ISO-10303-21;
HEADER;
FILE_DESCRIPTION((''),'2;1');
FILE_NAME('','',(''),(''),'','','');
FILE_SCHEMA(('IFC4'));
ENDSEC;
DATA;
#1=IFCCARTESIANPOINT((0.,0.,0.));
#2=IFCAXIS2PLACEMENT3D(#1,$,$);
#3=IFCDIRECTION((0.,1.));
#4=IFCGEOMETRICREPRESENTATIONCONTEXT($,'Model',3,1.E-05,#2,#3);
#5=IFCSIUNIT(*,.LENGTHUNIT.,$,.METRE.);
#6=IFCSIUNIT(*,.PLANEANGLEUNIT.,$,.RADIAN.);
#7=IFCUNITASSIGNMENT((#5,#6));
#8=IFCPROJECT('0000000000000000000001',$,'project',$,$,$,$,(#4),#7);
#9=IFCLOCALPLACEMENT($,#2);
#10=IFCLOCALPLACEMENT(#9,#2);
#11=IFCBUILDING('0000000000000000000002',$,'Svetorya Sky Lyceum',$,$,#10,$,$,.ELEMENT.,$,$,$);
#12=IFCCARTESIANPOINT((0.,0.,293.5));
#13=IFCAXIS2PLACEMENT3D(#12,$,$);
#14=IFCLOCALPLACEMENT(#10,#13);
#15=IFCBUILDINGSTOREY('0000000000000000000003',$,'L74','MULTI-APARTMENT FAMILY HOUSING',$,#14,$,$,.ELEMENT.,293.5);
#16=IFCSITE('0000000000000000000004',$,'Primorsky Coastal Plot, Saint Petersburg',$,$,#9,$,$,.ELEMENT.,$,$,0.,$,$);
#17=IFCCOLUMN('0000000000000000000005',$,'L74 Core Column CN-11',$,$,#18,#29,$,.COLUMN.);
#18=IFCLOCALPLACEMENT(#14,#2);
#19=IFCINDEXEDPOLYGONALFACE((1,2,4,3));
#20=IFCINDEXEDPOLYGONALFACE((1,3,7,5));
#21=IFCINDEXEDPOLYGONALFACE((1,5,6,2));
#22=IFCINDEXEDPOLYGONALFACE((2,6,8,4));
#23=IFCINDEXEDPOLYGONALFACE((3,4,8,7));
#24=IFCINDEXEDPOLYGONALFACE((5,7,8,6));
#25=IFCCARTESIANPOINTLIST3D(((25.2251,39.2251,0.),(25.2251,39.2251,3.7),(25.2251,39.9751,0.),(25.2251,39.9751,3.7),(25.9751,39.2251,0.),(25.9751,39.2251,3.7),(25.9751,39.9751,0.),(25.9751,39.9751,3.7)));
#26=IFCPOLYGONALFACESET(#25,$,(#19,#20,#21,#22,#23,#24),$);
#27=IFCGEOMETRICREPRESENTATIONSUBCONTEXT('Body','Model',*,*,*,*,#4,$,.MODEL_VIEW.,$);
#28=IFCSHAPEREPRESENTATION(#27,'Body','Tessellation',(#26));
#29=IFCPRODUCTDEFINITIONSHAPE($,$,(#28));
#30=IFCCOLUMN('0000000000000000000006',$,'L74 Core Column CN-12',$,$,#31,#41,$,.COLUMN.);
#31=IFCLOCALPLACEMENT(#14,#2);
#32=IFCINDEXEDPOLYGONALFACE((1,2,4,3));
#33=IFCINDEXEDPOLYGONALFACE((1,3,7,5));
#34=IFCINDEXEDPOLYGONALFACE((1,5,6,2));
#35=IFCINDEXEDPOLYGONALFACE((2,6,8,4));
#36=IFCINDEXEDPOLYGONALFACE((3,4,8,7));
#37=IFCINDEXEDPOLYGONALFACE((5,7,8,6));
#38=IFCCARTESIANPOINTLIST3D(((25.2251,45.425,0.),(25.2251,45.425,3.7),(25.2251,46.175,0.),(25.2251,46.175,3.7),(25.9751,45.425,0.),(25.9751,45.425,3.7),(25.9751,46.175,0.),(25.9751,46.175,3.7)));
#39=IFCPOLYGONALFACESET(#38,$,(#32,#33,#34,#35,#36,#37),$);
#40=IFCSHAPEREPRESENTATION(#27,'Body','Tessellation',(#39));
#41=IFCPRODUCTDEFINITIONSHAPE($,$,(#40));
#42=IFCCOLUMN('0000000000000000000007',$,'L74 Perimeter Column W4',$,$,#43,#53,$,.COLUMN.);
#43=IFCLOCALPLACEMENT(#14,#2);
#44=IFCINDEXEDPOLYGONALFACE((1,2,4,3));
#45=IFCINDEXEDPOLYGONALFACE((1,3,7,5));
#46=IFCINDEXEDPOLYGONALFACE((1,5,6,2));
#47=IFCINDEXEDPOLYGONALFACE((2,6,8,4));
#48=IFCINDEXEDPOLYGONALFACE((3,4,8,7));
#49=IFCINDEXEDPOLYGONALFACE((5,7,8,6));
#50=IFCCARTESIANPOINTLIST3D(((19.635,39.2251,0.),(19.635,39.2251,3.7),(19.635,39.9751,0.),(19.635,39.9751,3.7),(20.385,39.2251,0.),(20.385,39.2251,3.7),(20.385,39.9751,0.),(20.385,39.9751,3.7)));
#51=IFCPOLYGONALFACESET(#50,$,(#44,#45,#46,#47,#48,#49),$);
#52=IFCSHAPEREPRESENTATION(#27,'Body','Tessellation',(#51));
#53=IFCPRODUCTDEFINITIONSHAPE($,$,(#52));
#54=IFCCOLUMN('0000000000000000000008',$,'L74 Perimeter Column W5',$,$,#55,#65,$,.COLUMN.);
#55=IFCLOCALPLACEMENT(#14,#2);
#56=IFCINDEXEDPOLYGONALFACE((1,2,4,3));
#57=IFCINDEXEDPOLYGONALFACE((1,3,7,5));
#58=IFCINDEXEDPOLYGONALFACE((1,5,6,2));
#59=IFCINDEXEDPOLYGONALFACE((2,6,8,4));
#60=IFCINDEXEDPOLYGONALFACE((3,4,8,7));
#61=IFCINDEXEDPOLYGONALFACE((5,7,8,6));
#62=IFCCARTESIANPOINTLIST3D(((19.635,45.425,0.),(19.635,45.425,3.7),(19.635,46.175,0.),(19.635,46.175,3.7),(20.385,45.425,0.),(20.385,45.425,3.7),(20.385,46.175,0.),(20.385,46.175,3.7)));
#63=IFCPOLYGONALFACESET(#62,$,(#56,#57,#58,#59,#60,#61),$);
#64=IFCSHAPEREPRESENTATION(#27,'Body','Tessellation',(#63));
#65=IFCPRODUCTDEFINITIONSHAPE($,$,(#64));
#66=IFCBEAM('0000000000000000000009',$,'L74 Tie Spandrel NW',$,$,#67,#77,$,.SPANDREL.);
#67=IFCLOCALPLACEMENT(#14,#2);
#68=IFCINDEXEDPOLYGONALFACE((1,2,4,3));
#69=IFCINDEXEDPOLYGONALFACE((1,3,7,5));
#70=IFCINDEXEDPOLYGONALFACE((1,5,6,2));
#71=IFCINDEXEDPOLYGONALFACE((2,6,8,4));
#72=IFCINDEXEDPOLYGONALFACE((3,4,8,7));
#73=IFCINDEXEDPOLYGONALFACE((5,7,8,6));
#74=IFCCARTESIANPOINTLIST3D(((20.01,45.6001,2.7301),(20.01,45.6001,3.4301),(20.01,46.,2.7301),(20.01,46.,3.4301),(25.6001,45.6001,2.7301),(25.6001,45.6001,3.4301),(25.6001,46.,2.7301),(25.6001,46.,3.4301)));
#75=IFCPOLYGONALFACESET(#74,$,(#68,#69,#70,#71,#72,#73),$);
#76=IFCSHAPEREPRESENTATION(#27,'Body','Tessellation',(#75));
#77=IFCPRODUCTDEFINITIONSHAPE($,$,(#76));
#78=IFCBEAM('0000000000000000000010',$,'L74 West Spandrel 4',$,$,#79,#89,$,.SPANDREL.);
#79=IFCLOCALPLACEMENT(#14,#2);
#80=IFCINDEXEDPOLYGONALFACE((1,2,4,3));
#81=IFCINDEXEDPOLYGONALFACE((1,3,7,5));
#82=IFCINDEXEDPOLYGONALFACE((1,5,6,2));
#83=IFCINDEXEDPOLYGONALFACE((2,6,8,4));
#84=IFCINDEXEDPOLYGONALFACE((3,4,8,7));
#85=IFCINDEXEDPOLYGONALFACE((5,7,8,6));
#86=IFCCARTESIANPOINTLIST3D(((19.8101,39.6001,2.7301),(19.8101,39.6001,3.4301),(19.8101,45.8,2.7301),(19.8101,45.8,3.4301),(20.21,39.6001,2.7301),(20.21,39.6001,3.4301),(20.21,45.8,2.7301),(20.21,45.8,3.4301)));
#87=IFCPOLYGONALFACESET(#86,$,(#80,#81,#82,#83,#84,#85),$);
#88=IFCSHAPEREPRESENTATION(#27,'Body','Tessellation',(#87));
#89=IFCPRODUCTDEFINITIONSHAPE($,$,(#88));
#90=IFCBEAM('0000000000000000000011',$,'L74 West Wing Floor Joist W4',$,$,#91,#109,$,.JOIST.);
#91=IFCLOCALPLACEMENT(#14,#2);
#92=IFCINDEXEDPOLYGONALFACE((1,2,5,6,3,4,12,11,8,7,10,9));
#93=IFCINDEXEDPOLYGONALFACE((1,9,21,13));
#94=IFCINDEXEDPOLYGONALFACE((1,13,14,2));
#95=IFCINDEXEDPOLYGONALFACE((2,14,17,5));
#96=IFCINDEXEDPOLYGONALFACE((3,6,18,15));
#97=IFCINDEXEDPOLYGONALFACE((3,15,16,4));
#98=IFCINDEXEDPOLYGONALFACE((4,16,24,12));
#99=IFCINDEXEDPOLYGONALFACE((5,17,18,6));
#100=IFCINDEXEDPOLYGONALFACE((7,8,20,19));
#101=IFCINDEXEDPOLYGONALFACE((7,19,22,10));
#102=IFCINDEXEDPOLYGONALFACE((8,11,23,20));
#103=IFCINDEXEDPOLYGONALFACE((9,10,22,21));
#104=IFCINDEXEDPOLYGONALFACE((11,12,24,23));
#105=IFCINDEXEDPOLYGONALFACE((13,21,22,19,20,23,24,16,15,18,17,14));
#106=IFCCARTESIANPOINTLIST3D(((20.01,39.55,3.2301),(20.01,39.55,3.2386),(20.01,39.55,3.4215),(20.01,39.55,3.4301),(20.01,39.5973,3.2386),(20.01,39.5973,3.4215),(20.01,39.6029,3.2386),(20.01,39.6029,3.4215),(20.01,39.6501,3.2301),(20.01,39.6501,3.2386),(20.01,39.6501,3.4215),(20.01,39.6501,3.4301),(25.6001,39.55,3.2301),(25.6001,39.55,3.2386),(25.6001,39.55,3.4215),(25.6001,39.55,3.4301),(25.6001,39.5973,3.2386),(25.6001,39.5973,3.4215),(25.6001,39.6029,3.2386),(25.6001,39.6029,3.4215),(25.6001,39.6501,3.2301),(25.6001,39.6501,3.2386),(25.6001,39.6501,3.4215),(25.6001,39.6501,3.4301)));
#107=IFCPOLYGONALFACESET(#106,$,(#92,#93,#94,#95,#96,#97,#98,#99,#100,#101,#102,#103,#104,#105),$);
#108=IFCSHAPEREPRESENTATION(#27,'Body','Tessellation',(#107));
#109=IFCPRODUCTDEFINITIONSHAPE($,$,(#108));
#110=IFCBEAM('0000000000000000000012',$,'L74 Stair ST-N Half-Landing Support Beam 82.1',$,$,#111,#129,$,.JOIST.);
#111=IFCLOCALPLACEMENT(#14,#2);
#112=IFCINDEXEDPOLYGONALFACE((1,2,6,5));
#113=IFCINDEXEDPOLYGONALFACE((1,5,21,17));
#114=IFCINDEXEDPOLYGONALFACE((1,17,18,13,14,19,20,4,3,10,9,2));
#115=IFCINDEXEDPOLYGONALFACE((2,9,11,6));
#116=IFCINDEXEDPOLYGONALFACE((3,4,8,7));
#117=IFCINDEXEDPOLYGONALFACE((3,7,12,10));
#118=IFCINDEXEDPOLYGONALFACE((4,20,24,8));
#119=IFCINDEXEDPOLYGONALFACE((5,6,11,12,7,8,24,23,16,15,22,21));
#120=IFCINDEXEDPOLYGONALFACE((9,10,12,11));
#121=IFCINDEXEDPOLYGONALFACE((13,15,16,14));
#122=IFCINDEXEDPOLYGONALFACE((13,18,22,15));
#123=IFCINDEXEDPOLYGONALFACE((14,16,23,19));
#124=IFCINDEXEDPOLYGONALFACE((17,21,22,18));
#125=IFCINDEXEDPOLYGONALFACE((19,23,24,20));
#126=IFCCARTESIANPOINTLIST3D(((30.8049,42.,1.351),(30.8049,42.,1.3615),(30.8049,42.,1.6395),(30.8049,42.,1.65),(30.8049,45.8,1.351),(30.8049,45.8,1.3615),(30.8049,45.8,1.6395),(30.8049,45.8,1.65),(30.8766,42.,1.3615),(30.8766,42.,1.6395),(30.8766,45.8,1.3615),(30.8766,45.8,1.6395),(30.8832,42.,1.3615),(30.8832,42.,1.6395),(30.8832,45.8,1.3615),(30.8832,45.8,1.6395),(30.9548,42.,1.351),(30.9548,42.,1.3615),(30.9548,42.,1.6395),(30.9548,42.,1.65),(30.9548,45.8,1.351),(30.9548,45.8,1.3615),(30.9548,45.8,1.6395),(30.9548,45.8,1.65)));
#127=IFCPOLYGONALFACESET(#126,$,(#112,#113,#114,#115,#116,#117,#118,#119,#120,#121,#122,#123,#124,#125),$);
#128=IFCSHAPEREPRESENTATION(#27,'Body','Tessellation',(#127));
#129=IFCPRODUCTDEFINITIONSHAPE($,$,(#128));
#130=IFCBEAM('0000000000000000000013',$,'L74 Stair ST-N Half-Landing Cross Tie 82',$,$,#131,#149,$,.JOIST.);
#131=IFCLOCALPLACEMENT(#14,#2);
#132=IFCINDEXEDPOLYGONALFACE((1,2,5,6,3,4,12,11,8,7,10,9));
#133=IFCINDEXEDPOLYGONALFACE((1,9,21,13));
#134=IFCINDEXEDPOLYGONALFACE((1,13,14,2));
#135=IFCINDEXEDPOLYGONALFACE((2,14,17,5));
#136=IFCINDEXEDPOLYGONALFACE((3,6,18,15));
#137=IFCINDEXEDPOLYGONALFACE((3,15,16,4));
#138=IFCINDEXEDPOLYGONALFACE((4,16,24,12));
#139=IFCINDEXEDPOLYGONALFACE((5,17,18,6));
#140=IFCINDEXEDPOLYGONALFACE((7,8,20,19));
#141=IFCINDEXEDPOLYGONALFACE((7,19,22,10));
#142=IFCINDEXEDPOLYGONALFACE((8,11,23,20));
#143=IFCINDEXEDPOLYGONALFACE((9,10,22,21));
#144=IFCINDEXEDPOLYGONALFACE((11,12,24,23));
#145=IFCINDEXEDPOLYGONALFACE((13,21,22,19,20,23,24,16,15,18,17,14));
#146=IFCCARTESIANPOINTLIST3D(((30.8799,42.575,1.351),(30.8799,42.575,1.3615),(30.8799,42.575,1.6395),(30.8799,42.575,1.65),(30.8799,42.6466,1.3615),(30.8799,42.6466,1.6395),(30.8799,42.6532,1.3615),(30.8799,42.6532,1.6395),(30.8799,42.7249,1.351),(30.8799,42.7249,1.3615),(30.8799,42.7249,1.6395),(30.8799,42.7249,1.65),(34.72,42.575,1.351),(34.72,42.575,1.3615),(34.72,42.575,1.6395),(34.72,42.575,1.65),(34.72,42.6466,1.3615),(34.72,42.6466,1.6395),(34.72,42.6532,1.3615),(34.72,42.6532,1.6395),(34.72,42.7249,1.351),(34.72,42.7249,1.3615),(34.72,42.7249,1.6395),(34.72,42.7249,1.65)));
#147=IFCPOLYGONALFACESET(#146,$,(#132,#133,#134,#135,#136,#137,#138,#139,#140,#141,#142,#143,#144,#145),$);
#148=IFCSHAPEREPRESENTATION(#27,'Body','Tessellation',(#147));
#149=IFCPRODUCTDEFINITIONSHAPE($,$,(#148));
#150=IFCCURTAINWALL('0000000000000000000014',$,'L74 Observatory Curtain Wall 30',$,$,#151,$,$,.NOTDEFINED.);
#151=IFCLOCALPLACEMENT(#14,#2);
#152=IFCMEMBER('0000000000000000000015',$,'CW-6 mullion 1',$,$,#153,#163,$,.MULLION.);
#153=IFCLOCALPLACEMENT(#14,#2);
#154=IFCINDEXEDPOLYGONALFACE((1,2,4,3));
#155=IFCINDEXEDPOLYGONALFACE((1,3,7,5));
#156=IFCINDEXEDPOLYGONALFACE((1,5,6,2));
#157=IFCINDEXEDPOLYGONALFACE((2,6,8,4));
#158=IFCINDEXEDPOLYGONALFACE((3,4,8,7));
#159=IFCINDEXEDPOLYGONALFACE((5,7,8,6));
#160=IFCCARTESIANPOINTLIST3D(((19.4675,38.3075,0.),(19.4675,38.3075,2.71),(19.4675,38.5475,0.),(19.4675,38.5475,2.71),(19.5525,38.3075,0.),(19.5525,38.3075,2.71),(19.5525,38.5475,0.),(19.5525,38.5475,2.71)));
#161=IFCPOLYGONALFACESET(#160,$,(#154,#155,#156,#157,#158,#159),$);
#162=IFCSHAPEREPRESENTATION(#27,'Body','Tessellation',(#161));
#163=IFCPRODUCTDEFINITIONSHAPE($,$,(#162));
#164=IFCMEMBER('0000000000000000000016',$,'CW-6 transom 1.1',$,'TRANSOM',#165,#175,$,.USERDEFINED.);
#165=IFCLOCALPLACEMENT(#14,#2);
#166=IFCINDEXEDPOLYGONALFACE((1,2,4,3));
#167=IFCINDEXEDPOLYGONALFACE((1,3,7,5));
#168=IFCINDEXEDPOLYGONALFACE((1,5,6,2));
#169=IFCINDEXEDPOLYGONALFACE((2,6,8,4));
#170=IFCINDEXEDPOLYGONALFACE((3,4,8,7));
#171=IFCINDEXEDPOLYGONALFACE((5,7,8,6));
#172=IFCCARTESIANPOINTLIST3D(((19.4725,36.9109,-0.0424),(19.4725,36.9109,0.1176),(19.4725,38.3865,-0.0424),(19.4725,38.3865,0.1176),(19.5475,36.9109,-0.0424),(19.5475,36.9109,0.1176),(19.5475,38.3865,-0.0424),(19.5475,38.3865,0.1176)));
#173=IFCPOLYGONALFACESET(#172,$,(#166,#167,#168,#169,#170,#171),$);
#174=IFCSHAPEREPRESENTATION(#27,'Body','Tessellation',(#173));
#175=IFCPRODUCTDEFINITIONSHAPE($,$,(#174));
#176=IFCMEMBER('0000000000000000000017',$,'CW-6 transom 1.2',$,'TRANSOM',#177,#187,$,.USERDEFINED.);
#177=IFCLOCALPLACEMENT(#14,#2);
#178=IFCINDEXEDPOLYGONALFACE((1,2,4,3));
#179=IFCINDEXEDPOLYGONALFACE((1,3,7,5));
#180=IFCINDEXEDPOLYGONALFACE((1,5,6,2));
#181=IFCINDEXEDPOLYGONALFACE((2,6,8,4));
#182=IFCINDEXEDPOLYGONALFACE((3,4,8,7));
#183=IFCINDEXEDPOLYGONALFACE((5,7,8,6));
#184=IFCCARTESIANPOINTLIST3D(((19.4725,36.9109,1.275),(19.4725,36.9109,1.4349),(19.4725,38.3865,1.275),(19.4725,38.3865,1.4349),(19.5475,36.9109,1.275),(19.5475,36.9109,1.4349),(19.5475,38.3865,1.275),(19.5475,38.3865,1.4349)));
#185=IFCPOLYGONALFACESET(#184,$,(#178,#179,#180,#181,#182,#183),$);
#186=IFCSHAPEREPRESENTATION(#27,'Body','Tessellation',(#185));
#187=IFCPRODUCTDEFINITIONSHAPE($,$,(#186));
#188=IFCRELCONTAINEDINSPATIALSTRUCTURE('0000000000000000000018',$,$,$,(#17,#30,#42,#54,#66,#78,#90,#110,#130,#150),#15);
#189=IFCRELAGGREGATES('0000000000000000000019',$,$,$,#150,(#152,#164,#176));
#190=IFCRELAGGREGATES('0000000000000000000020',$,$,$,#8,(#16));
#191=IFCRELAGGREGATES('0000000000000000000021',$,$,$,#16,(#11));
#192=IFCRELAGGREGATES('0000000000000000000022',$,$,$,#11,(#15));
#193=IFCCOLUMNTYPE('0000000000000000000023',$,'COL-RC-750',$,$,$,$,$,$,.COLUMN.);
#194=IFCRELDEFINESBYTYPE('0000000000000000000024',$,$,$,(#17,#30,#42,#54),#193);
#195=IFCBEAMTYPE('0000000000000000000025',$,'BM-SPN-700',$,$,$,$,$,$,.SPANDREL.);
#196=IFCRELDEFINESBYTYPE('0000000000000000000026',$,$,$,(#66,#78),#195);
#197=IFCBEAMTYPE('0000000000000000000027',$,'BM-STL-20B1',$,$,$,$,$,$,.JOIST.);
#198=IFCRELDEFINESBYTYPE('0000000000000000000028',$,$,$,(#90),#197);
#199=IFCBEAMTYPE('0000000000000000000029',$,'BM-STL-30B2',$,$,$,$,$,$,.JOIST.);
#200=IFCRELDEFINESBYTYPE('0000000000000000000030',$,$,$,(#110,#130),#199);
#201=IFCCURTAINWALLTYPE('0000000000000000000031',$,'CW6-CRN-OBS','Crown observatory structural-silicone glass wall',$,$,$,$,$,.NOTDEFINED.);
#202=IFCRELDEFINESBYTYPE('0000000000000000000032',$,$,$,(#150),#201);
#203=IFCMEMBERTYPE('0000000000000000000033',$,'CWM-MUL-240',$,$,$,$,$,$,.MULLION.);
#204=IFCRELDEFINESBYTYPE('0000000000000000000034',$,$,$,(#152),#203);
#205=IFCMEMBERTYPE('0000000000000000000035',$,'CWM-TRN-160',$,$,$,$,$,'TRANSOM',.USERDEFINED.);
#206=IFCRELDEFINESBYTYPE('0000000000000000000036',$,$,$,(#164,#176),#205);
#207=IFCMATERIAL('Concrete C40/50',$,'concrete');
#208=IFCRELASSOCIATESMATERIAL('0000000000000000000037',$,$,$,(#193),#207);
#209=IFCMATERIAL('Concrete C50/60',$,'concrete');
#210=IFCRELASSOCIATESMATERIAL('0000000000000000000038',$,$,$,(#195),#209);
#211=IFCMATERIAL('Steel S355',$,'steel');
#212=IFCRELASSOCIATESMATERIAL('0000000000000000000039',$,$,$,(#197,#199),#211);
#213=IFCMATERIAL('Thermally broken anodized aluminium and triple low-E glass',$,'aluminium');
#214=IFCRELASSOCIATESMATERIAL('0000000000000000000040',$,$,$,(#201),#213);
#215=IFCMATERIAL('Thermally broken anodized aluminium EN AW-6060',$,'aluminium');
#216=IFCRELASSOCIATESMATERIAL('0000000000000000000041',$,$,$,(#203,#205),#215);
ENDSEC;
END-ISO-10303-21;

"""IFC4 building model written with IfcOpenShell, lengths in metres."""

from ifc_helpers import new_model, si_unit, direction, frame, origin, origin_2d, place, context, subcontext, project, spatial, rectangle, i_section, extrude, material, material_profile, profile_set, type_object, element, aggregate, save


model = new_model("IFC4")

# Units and contexts
model_context = context("Model", 3, precision=1e-05, world=origin(), true_north=direction((0.0, 1.0)))
body_context = subcontext(model_context, "Body", "Model", "MODEL_VIEW")
ifc_project = project(units=[si_unit("LENGTHUNIT", "METRE"), si_unit("PLANEANGLEUNIT", "RADIAN")], contexts=[model_context])

# Site, building, storey
site_placement = place(None, origin())
site = spatial("IfcSite", under=ifc_project, at=site_placement, Name="Primorsky Coastal Plot, Saint Petersburg", CompositionType="ELEMENT", RefElevation=0.0)
building_placement = place(site_placement, origin())
building = spatial("IfcBuilding", under=site, at=building_placement, Name="Svetorya Sky Lyceum", CompositionType="ELEMENT")
storey_placement = place(building_placement, frame((0.0, 0.0, 293.5)))
storey = spatial("IfcBuildingStorey", under=building, at=storey_placement, Name="L74", Description="MULTI-APARTMENT FAMILY HOUSING", CompositionType="ELEMENT", Elevation=293.5)

# Columns
ifc_material_1 = material(Name="Concrete C40/50", Category="concrete")
ifc_material_profile_1 = material_profile(ifc_material_1, rectangle(XDim=0.75, YDim=0.75, at=origin_2d()), Name="RC COL 750x750")
ifc_profile_set_1 = profile_set([ifc_material_profile_1], Name="Concrete C40/50")
column_type = type_object("IfcColumnType", Name="COL-RC-750", PredefinedType="COLUMN", material=ifc_profile_set_1)
for number, where, z_axis, x_axis, name in (
    (1, (25.6001, 39.6001, 0.0), (0.0, 0.0, 1.0), (1.0, 0.0, 0.0), "L74 Core Column CN-11"),
    (2, (25.6001, 45.8, 0.0), (0.0, 0.0, 1.0), (1.0, 0.0, 0.0), "L74 Core Column CN-12"),
    (3, (20.01, 39.6001, 0.0), (0.0, 0.0, 1.0), (1.0, 0.0, 0.0), "L74 Perimeter Column W4"),
    (4, (20.01, 45.8, 0.0), (0.0, 0.0, 1.0), (1.0, 0.0, 0.0), "L74 Perimeter Column W5"),
):
    element("IfcColumn", number, at=place(storey_placement, frame(where, z_axis=z_axis, x_axis=x_axis)), inside=storey, type_object=column_type, Name=name, PredefinedType="COLUMN", context=body_context, shape_type="SweptSolid", body=[
        extrude(rectangle(XDim=0.75, YDim=0.75, at=origin_2d()), origin(), (0.0, 0.0, 1.0), 3.7),
    ])

# Beams
ifc_material_2 = material(Name="Concrete C50/60", Category="concrete")
ifc_material_profile_2 = material_profile(ifc_material_2, rectangle(XDim=0.3999, YDim=0.7, at=origin_2d()), Name="RC SPANDREL 400x700")
ifc_profile_set_2 = profile_set([ifc_material_profile_2], Name="Concrete C50/60")
beam_type_1 = type_object("IfcBeamType", Name="BM-SPN-700", PredefinedType="SPANDREL", material=ifc_profile_set_2)
beam_1_placement = place(storey_placement, frame((20.01, 45.8, 3.0801), z_axis=(1.0, 0.0, 0.0), x_axis=(0.0, 1.0, 0.0)))
element("IfcBeam", 5, at=beam_1_placement, inside=storey, type_object=beam_type_1, Name="L74 Tie Spandrel NW", PredefinedType="SPANDREL", context=body_context, shape_type="SweptSolid", body=[
    extrude(rectangle(XDim=0.3999, YDim=0.7, at=origin_2d()), origin(), (0.0, 0.0, 1.0), 5.5901),
])
beam_2_placement = place(storey_placement, frame((20.01, 39.6001, 3.0801), z_axis=(0.0, 1.0, 0.0), x_axis=(-1.0, 0.0, 0.0)))
element("IfcBeam", 6, at=beam_2_placement, inside=storey, type_object=beam_type_1, Name="L74 West Spandrel 4", PredefinedType="SPANDREL", context=body_context, shape_type="SweptSolid", body=[
    extrude(rectangle(XDim=0.3999, YDim=0.7, at=origin_2d()), origin(), (0.0, 0.0, 1.0), 6.2),
])
ifc_material_3 = material(Name="Steel S355", Category="steel")
ifc_material_profile_3 = material_profile(ifc_material_3, i_section(OverallWidth=0.1001, OverallDepth=0.2, WebThickness=0.0056, FlangeThickness=0.0085, at=origin_2d()), Name="GOST 20B1")
ifc_profile_set_3 = profile_set([ifc_material_profile_3], Name="Steel S355")
beam_type_2 = type_object("IfcBeamType", Name="BM-STL-20B1", PredefinedType="JOIST", material=ifc_profile_set_3)
beam_3_placement = place(storey_placement, frame((20.01, 39.6001, 3.3301), z_axis=(1.0, 0.0, 0.0), x_axis=(0.0, 1.0, 0.0)))
element("IfcBeam", 7, at=beam_3_placement, inside=storey, type_object=beam_type_2, Name="L74 West Wing Floor Joist W4", PredefinedType="JOIST", context=body_context, shape_type="SweptSolid", body=[
    extrude(i_section(OverallWidth=0.1001, OverallDepth=0.2, WebThickness=0.0056, FlangeThickness=0.0085, at=origin_2d()), origin(), (0.0, 0.0, 1.0), 5.5901),
])
ifc_material_profile_4 = material_profile(ifc_material_3, i_section(OverallWidth=0.1499, OverallDepth=0.2991, WebThickness=0.0066, FlangeThickness=0.0105, at=origin_2d()), Name="GOST 30B2")
ifc_profile_set_4 = profile_set([ifc_material_profile_4], Name="Steel S355")
beam_type_3 = type_object("IfcBeamType", Name="BM-STL-30B2", PredefinedType="JOIST", material=ifc_profile_set_4)
beam_4_placement = place(storey_placement, frame((30.8799, 42.0, 1.5005), z_axis=(0.0, 1.0, 0.0), x_axis=(-1.0, 0.0, 0.0)))
element("IfcBeam", 8, at=beam_4_placement, inside=storey, type_object=beam_type_3, Name="L74 Stair ST-N Half-Landing Support Beam 82.1", PredefinedType="JOIST", context=body_context, shape_type="SweptSolid", body=[
    extrude(i_section(OverallWidth=0.1499, OverallDepth=0.2991, WebThickness=0.0066, FlangeThickness=0.0105, at=origin_2d()), origin(), (0.0, 0.0, 1.0), 3.8),
])
beam_5_placement = place(storey_placement, frame((30.8799, 42.6499, 1.5005), z_axis=(1.0, 0.0, 0.0), x_axis=(0.0, 1.0, 0.0)))
element("IfcBeam", 9, at=beam_5_placement, inside=storey, type_object=beam_type_3, Name="L74 Stair ST-N Half-Landing Cross Tie 82", PredefinedType="JOIST", context=body_context, shape_type="SweptSolid", body=[
    extrude(i_section(OverallWidth=0.1499, OverallDepth=0.2991, WebThickness=0.0066, FlangeThickness=0.0105, at=origin_2d()), origin(), (0.0, 0.0, 1.0), 3.8401),
])

# Curtain wall, members
ifc_material_4 = material(Name="Thermally broken anodized aluminium and triple low-E glass", Category="aluminium")
curtain_wall_type = type_object("IfcCurtainWallType", Name="CW6-CRN-OBS", Description="Crown observatory structural-silicone glass wall", PredefinedType="NOTDEFINED", material=ifc_material_4)
curtain_wall_placement = place(storey_placement, origin())
curtain_wall = element("IfcCurtainWall", 10, at=curtain_wall_placement, inside=storey, type_object=curtain_wall_type, Name="L74 Observatory Curtain Wall 30", PredefinedType="NOTDEFINED")
ifc_material_5 = material(Name="Thermally broken anodized aluminium EN AW-6060", Category="aluminium")
ifc_material_profile_5 = material_profile(ifc_material_5, rectangle(XDim=0.085, YDim=0.24, at=origin_2d()), Name="ALU MULLION 85x240")
ifc_profile_set_5 = profile_set([ifc_material_profile_5], Name="Thermally broken anodized aluminium EN AW-6060")
member_type_1 = type_object("IfcMemberType", Name="CWM-MUL-240", PredefinedType="MULLION", material=ifc_profile_set_5)
member_1_placement = place(storey_placement, frame((19.51, 38.4275, 0.0), z_axis=(0.0, 0.0, 1.0), x_axis=(1.0, 0.0, 0.0)))
member_1 = element("IfcMember", 11, at=member_1_placement, type_object=member_type_1, Name="CW-6 mullion 1", PredefinedType="MULLION", context=body_context, shape_type="SweptSolid", body=[
    extrude(rectangle(XDim=0.085, YDim=0.24, at=origin_2d()), origin(), (0.0, 0.0, 1.0), 2.71),
])
ifc_material_profile_6 = material_profile(ifc_material_5, rectangle(XDim=0.075, YDim=0.1599, at=origin_2d()), Name="ALU TRANSOM 75x160")
ifc_profile_set_6 = profile_set([ifc_material_profile_6], Name="Thermally broken anodized aluminium EN AW-6060")
member_type_2 = type_object("IfcMemberType", Name="CWM-TRN-160", ElementType="TRANSOM", PredefinedType="USERDEFINED", material=ifc_profile_set_6)
member_2_placement = place(storey_placement, frame((19.51, 38.3865, 0.0376), z_axis=(0.0, -1.0, 0.0), x_axis=(1.0, 0.0, 0.0)))
member_2 = element("IfcMember", 12, at=member_2_placement, type_object=member_type_2, Name="CW-6 transom 1.1", ObjectType="TRANSOM", PredefinedType="USERDEFINED", context=body_context, shape_type="SweptSolid", body=[
    extrude(rectangle(XDim=0.075, YDim=0.1599, at=origin_2d()), origin(), (0.0, 0.0, 1.0), 1.4756),
])
member_3_placement = place(storey_placement, frame((19.51, 38.3865, 1.355), z_axis=(0.0, -1.0, 0.0), x_axis=(1.0, 0.0, 0.0)))
member_3 = element("IfcMember", 13, at=member_3_placement, type_object=member_type_2, Name="CW-6 transom 1.2", ObjectType="TRANSOM", PredefinedType="USERDEFINED", context=body_context, shape_type="SweptSolid", body=[
    extrude(rectangle(XDim=0.075, YDim=0.1599, at=origin_2d()), origin(), (0.0, 0.0, 1.0), 1.4756),
])
aggregate(curtain_wall, [member_1, member_2, member_3])

save(model, "model.ifc")
